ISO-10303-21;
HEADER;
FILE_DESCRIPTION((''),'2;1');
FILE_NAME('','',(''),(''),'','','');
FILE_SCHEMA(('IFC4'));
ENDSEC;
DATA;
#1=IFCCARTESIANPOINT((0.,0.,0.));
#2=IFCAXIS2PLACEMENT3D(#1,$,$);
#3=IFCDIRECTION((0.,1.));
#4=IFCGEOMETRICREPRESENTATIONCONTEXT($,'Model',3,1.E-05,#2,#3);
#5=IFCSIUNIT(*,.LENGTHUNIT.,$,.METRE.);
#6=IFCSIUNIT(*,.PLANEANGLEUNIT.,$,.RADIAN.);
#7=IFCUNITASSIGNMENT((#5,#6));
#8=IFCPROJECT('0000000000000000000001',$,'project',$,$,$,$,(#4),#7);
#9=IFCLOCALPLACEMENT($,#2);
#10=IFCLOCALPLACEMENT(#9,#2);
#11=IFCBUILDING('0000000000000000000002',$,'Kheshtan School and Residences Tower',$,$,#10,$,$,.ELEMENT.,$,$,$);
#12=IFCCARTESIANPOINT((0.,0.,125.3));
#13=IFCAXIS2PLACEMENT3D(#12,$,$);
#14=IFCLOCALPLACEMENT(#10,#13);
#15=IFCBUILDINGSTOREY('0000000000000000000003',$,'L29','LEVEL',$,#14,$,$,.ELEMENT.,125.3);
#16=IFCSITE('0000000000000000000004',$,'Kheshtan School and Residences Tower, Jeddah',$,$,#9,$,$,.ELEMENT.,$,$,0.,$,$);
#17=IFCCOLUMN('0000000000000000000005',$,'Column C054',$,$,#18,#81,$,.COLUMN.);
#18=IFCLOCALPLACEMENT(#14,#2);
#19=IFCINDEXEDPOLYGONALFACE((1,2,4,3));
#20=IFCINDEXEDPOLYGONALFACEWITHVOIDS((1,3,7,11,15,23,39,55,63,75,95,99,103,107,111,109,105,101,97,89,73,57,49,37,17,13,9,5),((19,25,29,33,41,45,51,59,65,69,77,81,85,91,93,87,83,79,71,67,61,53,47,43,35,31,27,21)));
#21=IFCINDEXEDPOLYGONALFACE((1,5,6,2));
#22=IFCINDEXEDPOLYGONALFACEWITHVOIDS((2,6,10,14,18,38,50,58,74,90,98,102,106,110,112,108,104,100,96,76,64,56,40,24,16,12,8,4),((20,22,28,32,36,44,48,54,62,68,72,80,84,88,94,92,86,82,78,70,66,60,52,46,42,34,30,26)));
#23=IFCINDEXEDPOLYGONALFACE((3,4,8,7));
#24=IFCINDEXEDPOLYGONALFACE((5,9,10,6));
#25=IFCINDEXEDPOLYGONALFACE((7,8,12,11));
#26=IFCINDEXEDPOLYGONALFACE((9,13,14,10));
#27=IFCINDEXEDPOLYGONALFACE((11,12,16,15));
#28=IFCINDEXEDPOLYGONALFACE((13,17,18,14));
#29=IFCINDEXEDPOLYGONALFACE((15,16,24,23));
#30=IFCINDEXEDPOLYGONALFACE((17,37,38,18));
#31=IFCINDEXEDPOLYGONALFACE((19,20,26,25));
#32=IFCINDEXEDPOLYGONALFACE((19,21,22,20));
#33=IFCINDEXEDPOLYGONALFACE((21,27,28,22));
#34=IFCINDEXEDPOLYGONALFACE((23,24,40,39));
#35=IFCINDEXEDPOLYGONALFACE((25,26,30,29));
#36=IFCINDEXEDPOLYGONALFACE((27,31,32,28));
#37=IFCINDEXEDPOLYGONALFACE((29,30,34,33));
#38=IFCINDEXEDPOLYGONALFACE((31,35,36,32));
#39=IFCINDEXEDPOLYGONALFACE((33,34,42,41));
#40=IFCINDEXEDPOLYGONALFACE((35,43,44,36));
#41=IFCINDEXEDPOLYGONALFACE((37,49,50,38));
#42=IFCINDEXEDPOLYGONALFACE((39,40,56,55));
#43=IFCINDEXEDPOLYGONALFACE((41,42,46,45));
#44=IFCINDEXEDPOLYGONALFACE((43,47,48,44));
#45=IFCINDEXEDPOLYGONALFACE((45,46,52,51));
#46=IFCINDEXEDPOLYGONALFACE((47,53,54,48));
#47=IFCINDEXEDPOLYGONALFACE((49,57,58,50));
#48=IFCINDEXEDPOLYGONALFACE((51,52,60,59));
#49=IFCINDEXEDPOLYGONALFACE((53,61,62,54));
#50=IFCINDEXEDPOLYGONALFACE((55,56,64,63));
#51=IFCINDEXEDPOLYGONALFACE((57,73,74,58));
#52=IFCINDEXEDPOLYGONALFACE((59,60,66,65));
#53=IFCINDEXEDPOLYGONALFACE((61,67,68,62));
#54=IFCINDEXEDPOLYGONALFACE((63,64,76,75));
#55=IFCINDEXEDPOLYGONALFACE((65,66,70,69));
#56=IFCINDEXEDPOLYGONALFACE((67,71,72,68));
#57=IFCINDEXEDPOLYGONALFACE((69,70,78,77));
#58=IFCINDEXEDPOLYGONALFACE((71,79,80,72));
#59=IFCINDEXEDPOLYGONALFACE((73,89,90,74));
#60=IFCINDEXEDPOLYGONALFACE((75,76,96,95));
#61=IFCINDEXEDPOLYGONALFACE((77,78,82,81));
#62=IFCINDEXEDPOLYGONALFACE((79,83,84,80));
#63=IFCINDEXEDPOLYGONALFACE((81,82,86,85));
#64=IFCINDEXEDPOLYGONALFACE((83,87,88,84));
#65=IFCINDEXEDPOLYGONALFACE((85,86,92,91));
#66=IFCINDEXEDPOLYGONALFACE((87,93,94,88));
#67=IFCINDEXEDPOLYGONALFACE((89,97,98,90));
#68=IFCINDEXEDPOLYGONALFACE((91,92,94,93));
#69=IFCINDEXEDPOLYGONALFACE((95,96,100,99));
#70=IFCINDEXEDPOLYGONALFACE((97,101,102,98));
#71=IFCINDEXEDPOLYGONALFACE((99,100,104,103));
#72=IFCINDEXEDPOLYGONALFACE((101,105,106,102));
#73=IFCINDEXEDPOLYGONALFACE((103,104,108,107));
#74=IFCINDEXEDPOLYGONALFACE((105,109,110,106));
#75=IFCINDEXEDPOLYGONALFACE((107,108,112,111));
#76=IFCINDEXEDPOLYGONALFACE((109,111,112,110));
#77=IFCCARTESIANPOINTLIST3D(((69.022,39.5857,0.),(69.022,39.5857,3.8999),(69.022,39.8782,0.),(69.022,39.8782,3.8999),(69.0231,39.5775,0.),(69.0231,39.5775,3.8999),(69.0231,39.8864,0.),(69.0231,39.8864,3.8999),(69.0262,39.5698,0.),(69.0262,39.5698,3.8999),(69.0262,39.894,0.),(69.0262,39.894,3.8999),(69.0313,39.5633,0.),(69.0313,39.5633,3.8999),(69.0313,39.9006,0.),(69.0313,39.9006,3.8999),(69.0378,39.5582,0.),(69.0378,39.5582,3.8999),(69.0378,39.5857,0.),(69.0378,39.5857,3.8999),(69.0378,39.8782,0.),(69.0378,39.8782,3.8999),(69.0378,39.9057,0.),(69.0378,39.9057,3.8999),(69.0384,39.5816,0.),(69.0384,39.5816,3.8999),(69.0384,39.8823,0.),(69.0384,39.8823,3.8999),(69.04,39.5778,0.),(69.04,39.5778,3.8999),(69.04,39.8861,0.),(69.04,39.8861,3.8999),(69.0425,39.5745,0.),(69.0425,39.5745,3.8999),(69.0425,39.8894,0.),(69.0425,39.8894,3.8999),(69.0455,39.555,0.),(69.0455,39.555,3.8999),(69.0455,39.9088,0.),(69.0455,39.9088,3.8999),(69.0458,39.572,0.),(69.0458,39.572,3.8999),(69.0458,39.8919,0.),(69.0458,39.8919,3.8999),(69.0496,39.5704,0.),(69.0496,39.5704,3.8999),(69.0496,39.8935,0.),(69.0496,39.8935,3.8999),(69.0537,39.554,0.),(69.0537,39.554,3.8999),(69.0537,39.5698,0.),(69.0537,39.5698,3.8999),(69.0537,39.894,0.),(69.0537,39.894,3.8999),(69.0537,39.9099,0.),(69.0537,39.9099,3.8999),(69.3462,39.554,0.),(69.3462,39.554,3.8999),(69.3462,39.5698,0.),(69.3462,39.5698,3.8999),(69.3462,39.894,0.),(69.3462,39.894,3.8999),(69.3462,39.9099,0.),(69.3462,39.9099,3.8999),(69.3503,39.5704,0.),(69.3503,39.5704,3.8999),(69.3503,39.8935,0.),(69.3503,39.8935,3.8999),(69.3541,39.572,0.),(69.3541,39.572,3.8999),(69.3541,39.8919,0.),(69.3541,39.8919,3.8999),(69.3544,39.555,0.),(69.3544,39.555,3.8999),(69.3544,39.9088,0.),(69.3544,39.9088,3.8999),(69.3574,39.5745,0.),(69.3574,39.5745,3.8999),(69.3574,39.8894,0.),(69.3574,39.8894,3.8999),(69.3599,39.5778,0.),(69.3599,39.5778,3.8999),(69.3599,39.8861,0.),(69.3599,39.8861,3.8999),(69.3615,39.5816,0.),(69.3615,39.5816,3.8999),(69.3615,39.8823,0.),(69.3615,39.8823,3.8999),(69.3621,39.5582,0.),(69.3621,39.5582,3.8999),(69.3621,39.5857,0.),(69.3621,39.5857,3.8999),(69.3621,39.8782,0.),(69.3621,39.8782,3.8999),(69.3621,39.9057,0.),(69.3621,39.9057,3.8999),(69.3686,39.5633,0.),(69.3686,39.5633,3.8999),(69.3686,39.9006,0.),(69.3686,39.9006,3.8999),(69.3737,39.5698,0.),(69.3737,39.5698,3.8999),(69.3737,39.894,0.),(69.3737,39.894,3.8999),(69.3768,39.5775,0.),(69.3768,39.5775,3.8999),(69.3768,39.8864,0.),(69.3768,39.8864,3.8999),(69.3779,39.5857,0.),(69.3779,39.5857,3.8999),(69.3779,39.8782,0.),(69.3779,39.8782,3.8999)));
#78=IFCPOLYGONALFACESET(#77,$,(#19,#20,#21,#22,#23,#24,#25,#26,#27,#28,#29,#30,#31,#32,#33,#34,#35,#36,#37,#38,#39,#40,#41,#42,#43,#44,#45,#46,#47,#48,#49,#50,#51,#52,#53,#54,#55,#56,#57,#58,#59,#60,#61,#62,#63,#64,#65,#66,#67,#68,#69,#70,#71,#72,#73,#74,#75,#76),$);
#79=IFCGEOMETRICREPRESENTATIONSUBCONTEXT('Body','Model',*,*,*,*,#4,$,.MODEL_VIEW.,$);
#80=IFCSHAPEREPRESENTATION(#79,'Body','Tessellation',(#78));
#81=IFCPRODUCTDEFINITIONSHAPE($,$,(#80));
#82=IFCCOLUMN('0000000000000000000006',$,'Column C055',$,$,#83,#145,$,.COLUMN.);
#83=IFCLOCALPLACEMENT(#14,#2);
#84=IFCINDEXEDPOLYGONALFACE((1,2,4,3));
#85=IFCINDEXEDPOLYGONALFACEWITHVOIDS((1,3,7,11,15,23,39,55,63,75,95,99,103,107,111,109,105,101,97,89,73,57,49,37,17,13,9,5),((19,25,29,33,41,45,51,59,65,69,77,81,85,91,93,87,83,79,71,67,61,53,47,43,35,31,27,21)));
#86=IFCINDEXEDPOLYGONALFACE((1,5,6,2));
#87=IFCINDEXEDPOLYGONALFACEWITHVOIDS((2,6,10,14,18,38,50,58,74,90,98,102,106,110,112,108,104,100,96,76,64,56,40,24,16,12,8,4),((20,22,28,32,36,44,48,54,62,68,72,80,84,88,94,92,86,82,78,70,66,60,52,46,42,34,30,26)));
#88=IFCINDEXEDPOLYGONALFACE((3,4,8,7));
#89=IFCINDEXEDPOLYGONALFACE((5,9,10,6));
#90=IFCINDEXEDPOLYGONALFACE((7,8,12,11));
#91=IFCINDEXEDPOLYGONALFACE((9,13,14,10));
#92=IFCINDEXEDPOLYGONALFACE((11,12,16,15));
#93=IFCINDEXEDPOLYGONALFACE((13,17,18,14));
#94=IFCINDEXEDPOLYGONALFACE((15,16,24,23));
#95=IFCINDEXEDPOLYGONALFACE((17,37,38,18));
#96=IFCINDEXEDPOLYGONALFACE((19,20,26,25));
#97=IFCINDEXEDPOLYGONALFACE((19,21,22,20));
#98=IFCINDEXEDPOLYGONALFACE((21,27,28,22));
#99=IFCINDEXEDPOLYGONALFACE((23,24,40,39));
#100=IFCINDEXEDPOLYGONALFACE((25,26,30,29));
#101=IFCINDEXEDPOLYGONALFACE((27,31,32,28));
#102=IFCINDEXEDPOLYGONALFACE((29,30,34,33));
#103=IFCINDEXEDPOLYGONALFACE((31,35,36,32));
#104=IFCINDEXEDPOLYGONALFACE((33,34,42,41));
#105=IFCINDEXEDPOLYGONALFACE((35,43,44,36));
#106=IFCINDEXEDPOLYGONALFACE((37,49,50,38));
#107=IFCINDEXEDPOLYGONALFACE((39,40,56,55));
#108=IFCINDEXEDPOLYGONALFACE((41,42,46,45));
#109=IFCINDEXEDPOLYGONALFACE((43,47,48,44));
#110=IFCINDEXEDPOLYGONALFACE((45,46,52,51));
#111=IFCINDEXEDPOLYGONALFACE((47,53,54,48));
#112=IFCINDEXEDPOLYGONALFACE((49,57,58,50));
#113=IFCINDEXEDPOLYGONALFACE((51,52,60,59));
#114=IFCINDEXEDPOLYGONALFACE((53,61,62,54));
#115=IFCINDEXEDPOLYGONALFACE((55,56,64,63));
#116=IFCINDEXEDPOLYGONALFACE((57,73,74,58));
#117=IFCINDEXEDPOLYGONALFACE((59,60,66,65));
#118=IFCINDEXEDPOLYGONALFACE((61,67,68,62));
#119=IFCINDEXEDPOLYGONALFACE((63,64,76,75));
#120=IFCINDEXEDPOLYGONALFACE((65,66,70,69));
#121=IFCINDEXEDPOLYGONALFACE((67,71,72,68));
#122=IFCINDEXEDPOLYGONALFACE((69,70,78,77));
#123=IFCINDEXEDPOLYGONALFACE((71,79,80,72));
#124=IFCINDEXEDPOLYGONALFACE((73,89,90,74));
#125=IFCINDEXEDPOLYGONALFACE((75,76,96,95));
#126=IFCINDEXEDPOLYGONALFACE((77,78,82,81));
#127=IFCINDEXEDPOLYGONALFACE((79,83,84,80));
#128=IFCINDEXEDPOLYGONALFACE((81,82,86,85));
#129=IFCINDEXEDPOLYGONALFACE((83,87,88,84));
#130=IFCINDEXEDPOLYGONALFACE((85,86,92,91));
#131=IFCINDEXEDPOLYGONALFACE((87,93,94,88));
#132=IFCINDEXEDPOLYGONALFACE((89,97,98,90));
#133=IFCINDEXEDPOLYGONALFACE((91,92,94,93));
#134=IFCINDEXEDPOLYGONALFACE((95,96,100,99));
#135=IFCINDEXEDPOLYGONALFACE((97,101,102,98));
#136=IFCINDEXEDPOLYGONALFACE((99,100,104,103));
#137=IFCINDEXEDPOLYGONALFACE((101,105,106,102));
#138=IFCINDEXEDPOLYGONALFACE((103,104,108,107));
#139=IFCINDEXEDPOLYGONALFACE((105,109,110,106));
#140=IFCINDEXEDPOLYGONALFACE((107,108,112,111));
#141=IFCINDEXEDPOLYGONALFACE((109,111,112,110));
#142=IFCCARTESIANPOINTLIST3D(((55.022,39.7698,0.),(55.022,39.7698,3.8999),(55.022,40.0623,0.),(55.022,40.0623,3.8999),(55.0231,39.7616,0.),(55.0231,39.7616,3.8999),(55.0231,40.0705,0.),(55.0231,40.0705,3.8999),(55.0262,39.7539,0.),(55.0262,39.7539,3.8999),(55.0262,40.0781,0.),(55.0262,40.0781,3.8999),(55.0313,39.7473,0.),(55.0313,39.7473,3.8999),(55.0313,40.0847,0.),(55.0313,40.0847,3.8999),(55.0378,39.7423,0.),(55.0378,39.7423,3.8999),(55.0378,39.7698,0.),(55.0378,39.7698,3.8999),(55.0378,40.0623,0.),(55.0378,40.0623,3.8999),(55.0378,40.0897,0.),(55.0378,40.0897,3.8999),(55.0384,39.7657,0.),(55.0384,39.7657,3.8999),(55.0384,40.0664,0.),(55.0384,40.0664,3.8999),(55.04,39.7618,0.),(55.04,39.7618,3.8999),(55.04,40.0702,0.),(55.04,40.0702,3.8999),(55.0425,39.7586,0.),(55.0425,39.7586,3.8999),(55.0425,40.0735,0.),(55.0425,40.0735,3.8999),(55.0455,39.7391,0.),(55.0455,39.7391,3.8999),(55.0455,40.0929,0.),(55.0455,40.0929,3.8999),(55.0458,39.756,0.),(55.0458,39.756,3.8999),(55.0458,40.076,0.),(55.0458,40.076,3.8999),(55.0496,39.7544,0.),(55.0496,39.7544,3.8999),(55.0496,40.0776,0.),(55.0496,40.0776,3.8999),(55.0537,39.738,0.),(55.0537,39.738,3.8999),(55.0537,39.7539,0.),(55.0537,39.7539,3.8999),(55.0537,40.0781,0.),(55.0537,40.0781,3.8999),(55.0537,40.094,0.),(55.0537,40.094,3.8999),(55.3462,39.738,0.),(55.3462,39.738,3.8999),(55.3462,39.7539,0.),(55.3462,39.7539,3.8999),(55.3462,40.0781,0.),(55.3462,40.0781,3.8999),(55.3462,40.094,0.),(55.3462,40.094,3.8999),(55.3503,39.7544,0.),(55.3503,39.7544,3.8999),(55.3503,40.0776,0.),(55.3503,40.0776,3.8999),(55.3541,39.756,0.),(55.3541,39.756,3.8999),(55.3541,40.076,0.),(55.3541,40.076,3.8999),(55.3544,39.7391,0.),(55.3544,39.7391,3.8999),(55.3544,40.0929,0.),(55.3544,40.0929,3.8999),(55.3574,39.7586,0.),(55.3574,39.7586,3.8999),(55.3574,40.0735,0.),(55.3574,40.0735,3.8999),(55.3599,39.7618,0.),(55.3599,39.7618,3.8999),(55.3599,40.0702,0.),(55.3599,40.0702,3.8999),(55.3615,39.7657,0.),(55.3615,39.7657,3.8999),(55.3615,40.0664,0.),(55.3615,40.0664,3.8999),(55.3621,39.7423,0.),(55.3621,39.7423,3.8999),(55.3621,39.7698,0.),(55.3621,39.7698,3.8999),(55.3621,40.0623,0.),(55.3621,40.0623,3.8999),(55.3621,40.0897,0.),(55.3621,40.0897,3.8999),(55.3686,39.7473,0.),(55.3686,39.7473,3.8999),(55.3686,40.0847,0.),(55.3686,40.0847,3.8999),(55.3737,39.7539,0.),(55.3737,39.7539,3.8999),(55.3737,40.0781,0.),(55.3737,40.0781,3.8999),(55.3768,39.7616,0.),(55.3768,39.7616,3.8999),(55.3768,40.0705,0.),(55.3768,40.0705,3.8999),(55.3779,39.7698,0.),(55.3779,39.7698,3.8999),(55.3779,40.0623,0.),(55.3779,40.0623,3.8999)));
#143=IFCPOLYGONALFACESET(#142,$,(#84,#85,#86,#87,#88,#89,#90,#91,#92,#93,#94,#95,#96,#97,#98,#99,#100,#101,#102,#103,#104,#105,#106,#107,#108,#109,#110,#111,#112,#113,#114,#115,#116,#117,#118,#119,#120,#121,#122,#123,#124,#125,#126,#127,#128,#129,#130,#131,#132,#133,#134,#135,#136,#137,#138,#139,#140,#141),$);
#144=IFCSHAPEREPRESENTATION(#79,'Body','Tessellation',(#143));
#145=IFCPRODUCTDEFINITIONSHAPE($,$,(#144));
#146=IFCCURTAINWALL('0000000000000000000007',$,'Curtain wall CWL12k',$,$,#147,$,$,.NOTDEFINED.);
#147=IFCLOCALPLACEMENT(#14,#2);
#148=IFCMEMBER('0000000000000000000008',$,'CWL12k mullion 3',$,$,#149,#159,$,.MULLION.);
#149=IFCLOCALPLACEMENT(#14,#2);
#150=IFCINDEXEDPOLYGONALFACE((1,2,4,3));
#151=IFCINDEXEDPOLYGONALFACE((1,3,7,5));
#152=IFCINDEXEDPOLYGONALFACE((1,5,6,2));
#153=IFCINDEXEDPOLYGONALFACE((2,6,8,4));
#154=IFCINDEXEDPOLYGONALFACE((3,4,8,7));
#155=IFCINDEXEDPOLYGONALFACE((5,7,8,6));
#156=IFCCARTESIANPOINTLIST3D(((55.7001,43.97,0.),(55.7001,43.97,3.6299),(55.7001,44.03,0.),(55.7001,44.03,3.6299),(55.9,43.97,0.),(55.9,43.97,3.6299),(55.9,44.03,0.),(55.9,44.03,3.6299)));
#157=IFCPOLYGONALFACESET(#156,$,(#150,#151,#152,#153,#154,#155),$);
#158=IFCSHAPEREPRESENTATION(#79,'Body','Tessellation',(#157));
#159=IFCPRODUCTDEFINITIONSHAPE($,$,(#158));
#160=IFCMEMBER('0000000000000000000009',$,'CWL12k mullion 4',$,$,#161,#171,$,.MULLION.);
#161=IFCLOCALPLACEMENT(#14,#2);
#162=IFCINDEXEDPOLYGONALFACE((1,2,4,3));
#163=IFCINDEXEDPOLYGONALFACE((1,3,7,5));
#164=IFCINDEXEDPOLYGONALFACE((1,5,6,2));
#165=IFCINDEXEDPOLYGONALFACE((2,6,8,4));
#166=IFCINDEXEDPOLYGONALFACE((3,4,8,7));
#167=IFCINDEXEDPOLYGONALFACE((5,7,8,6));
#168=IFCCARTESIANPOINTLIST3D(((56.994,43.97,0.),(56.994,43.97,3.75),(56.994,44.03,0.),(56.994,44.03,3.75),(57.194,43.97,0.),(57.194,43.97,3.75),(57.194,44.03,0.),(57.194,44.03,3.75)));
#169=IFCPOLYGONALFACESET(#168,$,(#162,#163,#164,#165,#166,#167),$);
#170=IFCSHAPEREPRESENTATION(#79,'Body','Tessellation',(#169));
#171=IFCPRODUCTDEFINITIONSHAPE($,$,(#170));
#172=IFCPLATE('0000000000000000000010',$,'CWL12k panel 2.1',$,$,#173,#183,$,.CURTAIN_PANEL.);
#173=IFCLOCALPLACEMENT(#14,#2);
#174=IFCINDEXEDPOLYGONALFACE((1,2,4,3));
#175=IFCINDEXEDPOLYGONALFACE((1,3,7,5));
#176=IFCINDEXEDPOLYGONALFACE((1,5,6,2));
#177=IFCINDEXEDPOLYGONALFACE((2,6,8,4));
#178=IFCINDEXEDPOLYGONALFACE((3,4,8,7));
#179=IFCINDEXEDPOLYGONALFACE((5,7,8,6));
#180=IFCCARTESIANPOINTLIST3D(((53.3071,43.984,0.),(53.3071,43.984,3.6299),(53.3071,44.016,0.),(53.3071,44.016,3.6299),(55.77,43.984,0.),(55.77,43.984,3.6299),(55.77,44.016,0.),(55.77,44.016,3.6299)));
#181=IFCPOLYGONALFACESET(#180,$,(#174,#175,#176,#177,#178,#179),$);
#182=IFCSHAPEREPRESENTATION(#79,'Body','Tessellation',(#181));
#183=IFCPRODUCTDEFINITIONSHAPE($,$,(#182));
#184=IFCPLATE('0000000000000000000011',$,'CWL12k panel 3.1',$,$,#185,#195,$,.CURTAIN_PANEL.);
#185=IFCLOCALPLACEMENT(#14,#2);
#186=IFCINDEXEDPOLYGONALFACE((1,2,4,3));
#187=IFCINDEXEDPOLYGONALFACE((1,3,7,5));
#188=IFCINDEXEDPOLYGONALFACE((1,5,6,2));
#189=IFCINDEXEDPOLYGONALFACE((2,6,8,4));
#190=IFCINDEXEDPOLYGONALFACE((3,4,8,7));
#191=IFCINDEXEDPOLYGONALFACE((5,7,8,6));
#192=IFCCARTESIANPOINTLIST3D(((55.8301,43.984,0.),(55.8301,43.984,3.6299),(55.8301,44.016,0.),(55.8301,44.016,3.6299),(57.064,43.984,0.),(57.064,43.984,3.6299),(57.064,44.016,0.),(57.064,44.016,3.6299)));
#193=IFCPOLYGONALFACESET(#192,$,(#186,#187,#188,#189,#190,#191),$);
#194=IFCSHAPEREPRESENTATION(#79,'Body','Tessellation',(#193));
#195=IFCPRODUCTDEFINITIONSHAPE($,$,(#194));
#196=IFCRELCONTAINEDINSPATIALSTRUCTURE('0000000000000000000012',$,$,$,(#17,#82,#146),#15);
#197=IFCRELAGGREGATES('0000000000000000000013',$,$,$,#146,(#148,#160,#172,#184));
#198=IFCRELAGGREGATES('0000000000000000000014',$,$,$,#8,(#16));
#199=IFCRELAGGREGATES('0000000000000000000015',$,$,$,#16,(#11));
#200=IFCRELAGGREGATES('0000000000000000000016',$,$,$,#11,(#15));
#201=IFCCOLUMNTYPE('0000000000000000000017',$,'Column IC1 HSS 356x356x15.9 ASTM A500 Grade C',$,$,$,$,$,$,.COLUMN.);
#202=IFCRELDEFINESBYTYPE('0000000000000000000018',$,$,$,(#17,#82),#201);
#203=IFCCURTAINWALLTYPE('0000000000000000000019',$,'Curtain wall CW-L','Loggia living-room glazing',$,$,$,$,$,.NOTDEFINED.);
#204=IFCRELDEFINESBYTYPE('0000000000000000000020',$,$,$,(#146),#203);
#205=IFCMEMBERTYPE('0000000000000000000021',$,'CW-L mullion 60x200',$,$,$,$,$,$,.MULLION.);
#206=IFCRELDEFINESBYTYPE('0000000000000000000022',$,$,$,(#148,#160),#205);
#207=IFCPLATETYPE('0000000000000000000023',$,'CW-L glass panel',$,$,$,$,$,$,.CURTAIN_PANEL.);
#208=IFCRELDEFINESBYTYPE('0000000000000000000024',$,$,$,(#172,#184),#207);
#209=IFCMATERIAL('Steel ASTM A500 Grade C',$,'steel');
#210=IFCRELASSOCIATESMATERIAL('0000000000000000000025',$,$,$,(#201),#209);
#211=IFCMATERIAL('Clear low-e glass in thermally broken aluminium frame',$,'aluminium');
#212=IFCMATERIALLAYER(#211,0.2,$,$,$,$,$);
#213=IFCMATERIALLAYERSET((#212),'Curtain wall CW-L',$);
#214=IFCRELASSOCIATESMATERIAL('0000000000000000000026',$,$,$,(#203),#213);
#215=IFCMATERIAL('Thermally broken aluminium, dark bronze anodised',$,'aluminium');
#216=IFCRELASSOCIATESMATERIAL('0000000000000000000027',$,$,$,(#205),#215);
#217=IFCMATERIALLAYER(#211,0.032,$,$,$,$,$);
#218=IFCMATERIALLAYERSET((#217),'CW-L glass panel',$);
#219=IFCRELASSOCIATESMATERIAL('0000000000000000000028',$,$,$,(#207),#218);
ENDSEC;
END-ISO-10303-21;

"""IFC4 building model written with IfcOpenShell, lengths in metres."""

from ifc_helpers import new_model, si_unit, direction, frame, origin, origin_2d, place, context, subcontext, project, spatial, rectangle, hollow_rectangle, extrude, material, layer, layer_set, material_profile, profile_set, type_object, element, aggregate, save


model = new_model("IFC4")

# Units and contexts
model_context = context("Model", 3, precision=1e-05, world=origin(), true_north=direction((0.0, 1.0)))
body_context = subcontext(model_context, "Body", "Model", "MODEL_VIEW")
ifc_project = project(units=[si_unit("LENGTHUNIT", "METRE"), si_unit("PLANEANGLEUNIT", "RADIAN")], contexts=[model_context])

# Site, building, storey
site_placement = place(None, origin())
site = spatial("IfcSite", under=ifc_project, at=site_placement, Name="Kheshtan School and Residences Tower, Jeddah", CompositionType="ELEMENT", RefElevation=0.0)
building_placement = place(site_placement, origin())
building = spatial("IfcBuilding", under=site, at=building_placement, Name="Kheshtan School and Residences Tower", CompositionType="ELEMENT")
storey_placement = place(building_placement, frame((0.0, 0.0, 125.3)))
storey = spatial("IfcBuildingStorey", under=building, at=storey_placement, Name="L29", Description="LEVEL", CompositionType="ELEMENT", Elevation=125.3)

# Columns
ifc_material_1 = material(Name="Steel ASTM A500 Grade C", Category="steel")
ifc_material_profile_1 = material_profile(ifc_material_1, hollow_rectangle(XDim=0.356, YDim=0.356, WallThickness=0.0159, InnerFilletRadius=0.0159, OuterFilletRadius=0.0317, at=origin_2d()), Name="HSS 356x356x15.9")
ifc_profile_set_1 = profile_set([ifc_material_profile_1], Name="Steel ASTM A500 Grade C")
column_type = type_object("IfcColumnType", Name="Column IC1 HSS 356x356x15.9 ASTM A500 Grade C", PredefinedType="COLUMN", material=ifc_profile_set_1)
for number, where, z_axis, x_axis, name in (
    (1, (69.2, 39.7319, 0.0), (0.0, 0.0, 1.0), (1.0, 0.0, 0.0), "Column C054"),
    (2, (55.2, 39.916, 0.0), (0.0, 0.0, 1.0), (1.0, 0.0, 0.0), "Column C055"),
):
    element("IfcColumn", number, at=place(storey_placement, frame(where, z_axis=z_axis, x_axis=x_axis)), inside=storey, type_object=column_type, Name=name, PredefinedType="COLUMN", context=body_context, shape_type="SweptSolid", body=[
        extrude(hollow_rectangle(XDim=0.356, YDim=0.356, WallThickness=0.0159, InnerFilletRadius=0.0159, OuterFilletRadius=0.0317, at=origin_2d()), origin(), (0.0, 0.0, 1.0), 3.8999),
    ])

# Curtain wall, members, plates
ifc_material_2 = material(Name="Clear low-e glass in thermally broken aluminium frame", Category="aluminium")
ifc_layer_1 = layer(ifc_material_2, 0.2)
ifc_layer_set_1 = layer_set([ifc_layer_1], Name="Curtain wall CW-L")
curtain_wall_type = type_object("IfcCurtainWallType", Name="Curtain wall CW-L", Description="Loggia living-room glazing", PredefinedType="NOTDEFINED", material=ifc_layer_set_1)
curtain_wall_placement = place(storey_placement, origin())
curtain_wall = element("IfcCurtainWall", 3, at=curtain_wall_placement, inside=storey, type_object=curtain_wall_type, Name="Curtain wall CWL12k", PredefinedType="NOTDEFINED")
ifc_material_3 = material(Name="Thermally broken aluminium, dark bronze anodised", Category="aluminium")
ifc_material_profile_2 = material_profile(ifc_material_3, rectangle(XDim=0.0601, YDim=0.2, at=origin_2d()), Name="CW-L mullion 60x200")
ifc_profile_set_2 = profile_set([ifc_material_profile_2], Name="Thermally broken aluminium, dark bronze anodised")
member_type = type_object("IfcMemberType", Name="CW-L mullion 60x200", PredefinedType="MULLION", material=ifc_profile_set_2)
member_1_placement = place(storey_placement, frame((55.8, 44.0, 0.0), z_axis=(0.0, 0.0, 1.0), x_axis=(0.0, 1.0, 0.0)))
member_1 = element("IfcMember", 4, at=member_1_placement, type_object=member_type, Name="CWL12k mullion 3", PredefinedType="MULLION", context=body_context, shape_type="SweptSolid", body=[
    extrude(rectangle(XDim=0.0601, YDim=0.2, at=origin_2d()), origin(), (0.0, 0.0, 1.0), 3.6299),
])
member_2_placement = place(storey_placement, frame((57.094, 44.0, 0.0), z_axis=(0.0, 0.0, 1.0), x_axis=(0.0, 1.0, 0.0)))
member_2 = element("IfcMember", 5, at=member_2_placement, type_object=member_type, Name="CWL12k mullion 4", PredefinedType="MULLION", context=body_context, shape_type="SweptSolid", body=[
    extrude(rectangle(XDim=0.0601, YDim=0.2, at=origin_2d()), origin(), (0.0, 0.0, 1.0), 3.75),
])
ifc_layer_2 = layer(ifc_material_2, 0.032)
ifc_layer_set_2 = layer_set([ifc_layer_2], Name="CW-L glass panel")
plate_type = type_object("IfcPlateType", Name="CW-L glass panel", PredefinedType="CURTAIN_PANEL", material=ifc_layer_set_2)
plate_1_placement = place(storey_placement, frame((54.5386, 44.0, 0.0), z_axis=(0.0, 0.0, 1.0), x_axis=(1.0, 0.0, 0.0)))
plate_1 = element("IfcPlate", 6, at=plate_1_placement, type_object=plate_type, Name="CWL12k panel 2.1", PredefinedType="CURTAIN_PANEL", context=body_context, shape_type="SweptSolid", body=[
    extrude(rectangle(XDim=2.4629, YDim=0.032, at=origin_2d()), origin(), (0.0, 0.0, 1.0), 3.6299),
])
plate_2_placement = place(storey_placement, frame((56.447, 44.0, 0.0), z_axis=(0.0, 0.0, 1.0), x_axis=(1.0, 0.0, 0.0)))
plate_2 = element("IfcPlate", 7, at=plate_2_placement, type_object=plate_type, Name="CWL12k panel 3.1", PredefinedType="CURTAIN_PANEL", context=body_context, shape_type="SweptSolid", body=[
    extrude(rectangle(XDim=1.2339, YDim=0.032, at=origin_2d()), origin(), (0.0, 0.0, 1.0), 3.6299),
])
aggregate(curtain_wall, [member_1, member_2, plate_1, plate_2])

save(model, "model.ifc")
